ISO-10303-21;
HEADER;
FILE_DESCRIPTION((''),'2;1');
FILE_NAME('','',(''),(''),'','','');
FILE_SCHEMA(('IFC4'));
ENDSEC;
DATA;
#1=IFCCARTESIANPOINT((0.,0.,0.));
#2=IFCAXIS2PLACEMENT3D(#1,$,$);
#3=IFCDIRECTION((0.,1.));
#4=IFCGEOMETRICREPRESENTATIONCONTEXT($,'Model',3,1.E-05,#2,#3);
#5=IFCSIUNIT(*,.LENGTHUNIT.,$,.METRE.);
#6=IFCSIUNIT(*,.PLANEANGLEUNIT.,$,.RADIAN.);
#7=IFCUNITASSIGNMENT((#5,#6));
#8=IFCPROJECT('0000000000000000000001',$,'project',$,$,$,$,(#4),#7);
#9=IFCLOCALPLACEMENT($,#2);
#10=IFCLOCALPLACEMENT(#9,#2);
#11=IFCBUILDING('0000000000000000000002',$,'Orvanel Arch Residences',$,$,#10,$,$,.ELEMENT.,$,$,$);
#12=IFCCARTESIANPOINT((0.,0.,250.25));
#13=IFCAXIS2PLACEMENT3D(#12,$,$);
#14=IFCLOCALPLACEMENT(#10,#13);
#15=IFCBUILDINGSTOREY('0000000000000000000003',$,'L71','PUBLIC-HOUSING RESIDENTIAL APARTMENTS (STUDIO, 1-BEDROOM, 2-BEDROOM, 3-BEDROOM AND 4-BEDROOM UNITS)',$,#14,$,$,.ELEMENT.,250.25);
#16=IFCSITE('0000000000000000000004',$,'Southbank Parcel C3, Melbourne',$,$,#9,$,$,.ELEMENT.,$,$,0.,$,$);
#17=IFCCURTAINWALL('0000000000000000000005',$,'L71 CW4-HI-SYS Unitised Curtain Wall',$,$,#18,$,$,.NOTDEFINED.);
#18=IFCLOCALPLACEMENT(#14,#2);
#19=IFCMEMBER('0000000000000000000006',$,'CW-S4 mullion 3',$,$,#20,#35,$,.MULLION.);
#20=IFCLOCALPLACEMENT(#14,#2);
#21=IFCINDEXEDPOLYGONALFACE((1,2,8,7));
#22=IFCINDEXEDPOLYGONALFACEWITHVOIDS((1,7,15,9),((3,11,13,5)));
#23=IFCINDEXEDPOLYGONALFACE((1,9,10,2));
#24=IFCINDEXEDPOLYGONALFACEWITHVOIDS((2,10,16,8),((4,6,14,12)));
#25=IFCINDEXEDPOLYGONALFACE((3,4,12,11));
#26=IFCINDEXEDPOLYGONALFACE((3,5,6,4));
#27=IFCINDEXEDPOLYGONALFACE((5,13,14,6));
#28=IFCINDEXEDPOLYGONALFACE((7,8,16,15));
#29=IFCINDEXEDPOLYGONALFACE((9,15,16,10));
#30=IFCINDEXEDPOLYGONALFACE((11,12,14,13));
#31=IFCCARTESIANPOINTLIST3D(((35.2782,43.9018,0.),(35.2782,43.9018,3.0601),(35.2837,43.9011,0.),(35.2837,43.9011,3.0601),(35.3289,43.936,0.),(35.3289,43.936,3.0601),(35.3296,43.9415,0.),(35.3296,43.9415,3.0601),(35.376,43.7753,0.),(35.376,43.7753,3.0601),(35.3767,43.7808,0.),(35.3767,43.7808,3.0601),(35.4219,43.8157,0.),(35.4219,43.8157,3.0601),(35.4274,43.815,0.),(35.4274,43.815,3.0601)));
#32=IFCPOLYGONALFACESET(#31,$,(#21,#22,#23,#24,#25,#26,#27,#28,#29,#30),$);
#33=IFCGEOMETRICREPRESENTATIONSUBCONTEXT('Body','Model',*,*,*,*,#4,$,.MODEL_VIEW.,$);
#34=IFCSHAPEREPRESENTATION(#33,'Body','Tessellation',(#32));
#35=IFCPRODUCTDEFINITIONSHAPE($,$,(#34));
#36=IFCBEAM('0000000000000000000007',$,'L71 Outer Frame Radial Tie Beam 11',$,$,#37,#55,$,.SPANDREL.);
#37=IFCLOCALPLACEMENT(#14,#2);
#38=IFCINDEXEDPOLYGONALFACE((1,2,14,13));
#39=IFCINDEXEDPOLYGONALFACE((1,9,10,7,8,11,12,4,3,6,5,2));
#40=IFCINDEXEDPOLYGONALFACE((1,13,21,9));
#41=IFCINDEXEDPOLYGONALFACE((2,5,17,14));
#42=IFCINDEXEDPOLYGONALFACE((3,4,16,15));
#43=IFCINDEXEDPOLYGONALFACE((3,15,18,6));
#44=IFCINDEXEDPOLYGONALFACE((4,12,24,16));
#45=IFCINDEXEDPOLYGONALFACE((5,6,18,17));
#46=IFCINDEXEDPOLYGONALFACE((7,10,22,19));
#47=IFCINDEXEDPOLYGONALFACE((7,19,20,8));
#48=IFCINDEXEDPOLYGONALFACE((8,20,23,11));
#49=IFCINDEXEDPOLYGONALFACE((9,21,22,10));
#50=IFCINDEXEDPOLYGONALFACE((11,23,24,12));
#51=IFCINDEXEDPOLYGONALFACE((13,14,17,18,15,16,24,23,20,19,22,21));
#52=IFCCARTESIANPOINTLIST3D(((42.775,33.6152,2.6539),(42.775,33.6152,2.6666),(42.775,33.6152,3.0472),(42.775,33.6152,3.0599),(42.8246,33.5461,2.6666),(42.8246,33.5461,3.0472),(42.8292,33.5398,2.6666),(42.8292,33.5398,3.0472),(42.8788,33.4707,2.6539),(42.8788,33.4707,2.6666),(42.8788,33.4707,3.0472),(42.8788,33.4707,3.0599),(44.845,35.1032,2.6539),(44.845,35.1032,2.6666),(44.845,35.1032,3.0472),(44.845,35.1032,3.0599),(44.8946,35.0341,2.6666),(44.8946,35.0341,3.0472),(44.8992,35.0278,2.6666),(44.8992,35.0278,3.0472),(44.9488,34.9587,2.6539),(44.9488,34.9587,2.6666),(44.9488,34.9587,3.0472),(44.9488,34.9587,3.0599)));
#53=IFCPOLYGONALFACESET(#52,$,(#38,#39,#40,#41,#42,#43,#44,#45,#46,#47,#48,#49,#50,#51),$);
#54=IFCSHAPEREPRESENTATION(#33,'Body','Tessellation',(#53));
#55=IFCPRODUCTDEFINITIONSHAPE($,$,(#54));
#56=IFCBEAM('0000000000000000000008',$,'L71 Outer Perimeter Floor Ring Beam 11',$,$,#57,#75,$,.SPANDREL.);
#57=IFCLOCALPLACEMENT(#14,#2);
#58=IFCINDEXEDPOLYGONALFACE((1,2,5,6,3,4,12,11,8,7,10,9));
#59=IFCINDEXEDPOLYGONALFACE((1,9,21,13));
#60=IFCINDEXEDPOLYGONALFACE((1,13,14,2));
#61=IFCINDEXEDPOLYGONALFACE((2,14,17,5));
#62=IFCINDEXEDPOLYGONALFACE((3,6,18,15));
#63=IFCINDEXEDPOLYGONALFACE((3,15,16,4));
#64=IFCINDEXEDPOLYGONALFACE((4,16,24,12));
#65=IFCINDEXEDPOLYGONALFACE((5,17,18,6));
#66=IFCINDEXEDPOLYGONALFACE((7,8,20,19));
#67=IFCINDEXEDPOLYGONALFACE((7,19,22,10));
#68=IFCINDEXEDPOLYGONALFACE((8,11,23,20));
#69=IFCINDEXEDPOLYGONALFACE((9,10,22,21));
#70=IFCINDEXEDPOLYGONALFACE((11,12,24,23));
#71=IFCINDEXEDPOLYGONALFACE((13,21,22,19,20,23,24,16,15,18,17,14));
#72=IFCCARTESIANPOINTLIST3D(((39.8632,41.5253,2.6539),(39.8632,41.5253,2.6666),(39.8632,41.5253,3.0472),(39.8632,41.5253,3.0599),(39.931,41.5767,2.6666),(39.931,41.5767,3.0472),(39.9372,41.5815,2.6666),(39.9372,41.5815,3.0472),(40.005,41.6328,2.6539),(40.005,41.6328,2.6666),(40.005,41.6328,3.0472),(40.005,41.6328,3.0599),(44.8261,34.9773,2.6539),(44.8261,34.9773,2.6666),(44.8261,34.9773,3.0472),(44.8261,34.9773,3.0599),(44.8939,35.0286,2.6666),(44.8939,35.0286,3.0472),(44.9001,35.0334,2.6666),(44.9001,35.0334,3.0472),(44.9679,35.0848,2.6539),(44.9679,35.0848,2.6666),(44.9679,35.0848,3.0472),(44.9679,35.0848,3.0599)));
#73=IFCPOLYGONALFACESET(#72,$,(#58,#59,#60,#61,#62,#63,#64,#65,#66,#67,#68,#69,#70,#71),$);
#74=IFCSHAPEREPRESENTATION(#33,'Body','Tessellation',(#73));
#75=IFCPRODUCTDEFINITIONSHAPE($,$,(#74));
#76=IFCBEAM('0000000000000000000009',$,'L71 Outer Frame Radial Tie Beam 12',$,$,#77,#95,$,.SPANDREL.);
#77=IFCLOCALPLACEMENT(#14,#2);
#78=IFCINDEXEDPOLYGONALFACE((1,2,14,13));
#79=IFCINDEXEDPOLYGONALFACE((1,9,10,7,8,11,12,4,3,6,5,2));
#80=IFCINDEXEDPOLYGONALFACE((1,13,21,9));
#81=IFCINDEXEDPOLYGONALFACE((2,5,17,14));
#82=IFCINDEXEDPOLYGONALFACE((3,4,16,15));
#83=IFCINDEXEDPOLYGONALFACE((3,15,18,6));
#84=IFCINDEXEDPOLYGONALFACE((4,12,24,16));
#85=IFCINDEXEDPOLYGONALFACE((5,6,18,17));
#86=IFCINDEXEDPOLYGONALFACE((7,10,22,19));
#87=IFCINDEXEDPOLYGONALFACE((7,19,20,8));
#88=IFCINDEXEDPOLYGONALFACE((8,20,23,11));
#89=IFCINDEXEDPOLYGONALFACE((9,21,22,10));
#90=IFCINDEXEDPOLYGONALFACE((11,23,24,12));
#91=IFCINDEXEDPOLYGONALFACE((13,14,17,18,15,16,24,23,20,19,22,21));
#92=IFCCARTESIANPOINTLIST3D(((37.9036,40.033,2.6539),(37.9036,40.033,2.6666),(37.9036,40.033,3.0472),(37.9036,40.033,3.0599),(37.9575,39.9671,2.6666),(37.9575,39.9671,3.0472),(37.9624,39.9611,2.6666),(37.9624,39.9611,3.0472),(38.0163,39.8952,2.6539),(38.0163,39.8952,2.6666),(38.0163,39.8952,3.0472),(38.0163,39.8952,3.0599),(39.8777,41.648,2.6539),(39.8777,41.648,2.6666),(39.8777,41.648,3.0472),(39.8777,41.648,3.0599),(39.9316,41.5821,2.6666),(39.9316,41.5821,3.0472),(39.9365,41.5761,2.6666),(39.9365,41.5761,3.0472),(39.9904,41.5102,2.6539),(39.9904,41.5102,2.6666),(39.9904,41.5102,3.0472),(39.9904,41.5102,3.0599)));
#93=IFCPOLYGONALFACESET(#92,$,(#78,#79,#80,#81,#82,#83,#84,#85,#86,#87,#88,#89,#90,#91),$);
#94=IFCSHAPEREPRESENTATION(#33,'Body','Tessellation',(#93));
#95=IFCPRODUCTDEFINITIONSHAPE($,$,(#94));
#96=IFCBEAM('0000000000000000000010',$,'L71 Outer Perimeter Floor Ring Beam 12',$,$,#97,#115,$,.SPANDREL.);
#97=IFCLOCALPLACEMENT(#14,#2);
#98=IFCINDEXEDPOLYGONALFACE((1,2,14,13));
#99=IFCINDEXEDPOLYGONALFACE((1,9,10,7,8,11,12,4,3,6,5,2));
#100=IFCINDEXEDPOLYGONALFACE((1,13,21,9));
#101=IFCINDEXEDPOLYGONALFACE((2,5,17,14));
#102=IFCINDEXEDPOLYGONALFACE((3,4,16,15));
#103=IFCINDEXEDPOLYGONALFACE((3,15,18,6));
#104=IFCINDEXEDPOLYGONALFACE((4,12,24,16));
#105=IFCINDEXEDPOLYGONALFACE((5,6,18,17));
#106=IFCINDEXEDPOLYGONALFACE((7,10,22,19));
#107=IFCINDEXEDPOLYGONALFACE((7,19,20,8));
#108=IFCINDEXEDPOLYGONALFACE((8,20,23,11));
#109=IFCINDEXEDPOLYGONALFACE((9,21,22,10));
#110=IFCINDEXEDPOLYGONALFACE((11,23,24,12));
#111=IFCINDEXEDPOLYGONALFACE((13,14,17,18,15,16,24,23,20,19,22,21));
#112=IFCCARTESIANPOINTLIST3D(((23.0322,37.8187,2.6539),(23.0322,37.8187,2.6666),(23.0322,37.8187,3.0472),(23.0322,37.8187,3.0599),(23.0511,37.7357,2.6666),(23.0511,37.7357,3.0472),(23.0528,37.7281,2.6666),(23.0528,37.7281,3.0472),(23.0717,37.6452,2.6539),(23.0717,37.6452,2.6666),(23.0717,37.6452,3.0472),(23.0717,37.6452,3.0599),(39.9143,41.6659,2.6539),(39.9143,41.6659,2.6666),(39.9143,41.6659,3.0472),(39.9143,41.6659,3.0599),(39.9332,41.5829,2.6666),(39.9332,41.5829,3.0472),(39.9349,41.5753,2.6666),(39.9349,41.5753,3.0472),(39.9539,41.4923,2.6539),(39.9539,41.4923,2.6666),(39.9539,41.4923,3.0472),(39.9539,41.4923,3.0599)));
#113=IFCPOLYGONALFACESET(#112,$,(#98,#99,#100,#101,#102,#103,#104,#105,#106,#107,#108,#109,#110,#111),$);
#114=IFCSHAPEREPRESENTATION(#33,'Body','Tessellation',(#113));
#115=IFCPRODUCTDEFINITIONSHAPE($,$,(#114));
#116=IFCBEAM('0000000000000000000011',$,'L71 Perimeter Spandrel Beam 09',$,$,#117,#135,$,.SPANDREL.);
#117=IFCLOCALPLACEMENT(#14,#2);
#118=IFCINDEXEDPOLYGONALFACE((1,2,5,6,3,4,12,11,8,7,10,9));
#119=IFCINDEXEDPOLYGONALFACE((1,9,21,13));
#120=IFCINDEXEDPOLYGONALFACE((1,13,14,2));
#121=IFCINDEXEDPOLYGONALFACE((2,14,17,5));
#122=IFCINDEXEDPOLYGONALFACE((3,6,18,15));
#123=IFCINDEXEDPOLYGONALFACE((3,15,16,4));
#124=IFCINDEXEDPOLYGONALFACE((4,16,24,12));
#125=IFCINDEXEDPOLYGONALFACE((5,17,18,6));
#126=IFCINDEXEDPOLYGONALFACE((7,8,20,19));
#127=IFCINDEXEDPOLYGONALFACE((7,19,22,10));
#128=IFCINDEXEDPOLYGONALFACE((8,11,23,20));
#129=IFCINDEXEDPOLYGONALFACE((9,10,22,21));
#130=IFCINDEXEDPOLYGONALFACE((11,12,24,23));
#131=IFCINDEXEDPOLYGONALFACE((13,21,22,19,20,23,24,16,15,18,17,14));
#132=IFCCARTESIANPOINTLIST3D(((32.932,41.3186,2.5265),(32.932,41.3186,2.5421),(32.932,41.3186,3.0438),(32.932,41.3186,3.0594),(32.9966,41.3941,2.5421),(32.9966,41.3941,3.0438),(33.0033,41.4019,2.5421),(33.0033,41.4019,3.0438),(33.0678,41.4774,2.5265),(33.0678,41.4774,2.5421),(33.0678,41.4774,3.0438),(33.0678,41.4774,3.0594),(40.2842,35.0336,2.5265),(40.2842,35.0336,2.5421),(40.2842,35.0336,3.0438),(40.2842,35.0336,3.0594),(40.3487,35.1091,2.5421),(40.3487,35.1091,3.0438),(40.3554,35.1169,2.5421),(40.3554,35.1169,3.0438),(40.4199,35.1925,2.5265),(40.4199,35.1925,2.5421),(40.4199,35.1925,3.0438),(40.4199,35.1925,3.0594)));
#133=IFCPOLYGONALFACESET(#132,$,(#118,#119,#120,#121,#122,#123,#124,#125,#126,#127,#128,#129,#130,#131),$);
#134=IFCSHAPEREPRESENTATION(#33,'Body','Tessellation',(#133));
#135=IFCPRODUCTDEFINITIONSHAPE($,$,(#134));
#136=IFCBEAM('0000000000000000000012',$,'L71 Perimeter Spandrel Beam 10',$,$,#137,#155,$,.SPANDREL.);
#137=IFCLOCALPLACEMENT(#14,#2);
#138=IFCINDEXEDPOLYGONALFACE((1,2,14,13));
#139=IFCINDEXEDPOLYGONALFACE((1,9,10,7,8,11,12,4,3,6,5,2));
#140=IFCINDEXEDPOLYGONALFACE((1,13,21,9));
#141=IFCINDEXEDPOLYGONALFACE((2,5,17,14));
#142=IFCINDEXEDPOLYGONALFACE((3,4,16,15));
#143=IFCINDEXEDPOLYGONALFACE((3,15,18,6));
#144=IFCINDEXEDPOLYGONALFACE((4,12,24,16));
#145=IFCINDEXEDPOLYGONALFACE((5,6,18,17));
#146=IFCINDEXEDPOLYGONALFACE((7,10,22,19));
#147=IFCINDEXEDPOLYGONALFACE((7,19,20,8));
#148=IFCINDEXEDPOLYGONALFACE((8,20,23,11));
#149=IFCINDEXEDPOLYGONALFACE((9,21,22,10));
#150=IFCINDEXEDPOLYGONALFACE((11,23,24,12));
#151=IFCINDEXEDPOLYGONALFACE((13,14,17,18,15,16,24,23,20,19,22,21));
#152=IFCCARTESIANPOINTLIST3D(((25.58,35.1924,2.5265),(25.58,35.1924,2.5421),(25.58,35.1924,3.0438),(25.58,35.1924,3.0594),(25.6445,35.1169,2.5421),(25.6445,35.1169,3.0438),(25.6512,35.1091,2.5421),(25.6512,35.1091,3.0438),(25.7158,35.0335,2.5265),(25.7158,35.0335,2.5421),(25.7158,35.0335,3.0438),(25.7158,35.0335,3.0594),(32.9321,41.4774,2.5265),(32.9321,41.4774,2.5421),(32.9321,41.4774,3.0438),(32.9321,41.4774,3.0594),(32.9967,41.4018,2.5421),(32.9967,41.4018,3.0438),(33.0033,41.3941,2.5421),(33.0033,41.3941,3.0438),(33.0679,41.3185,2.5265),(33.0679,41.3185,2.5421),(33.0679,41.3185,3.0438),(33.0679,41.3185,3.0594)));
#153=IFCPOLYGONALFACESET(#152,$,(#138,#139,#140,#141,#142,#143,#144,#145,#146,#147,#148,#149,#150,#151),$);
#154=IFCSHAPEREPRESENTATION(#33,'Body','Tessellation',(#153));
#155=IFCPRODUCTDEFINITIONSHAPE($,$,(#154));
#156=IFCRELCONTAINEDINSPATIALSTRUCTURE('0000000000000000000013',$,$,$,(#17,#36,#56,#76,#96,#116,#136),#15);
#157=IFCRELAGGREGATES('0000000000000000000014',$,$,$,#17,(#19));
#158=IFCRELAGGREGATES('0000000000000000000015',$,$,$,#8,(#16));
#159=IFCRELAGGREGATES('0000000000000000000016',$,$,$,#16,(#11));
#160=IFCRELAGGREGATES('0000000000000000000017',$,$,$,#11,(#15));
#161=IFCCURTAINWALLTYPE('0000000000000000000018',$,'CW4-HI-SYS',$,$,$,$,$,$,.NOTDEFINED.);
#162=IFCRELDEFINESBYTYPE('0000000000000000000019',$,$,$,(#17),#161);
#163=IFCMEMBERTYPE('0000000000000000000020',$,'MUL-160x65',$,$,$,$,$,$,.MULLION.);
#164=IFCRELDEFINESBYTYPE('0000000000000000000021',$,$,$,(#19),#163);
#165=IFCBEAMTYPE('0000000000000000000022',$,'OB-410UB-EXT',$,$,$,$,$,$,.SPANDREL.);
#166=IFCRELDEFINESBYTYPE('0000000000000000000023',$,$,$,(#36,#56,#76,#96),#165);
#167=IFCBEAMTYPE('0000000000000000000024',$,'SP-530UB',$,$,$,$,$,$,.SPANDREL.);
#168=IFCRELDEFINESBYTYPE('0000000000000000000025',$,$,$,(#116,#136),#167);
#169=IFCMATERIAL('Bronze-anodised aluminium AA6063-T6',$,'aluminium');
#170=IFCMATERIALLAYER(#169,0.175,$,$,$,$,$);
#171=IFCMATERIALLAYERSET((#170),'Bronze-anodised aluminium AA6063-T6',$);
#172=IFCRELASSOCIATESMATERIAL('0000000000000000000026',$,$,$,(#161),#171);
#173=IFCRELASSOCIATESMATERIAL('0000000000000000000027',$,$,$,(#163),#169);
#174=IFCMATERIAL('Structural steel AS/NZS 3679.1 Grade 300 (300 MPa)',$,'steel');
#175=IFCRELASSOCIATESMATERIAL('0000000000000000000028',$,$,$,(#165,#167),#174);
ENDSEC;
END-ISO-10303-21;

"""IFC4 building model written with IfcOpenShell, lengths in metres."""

from ifc_helpers import new_model, si_unit, direction, frame, origin, origin_2d, place, context, subcontext, project, spatial, hollow_rectangle, i_section, extrude, material, layer, layer_set, material_profile, profile_set, type_object, element, aggregate, save


model = new_model("IFC4")

# Units and contexts
model_context = context("Model", 3, precision=1e-05, world=origin(), true_north=direction((0.0, 1.0)))
body_context = subcontext(model_context, "Body", "Model", "MODEL_VIEW")
ifc_project = project(units=[si_unit("LENGTHUNIT", "METRE"), si_unit("PLANEANGLEUNIT", "RADIAN")], contexts=[model_context])

# Site, building, storey
site_placement = place(None, origin())
site = spatial("IfcSite", under=ifc_project, at=site_placement, Name="Southbank Parcel C3, Melbourne", CompositionType="ELEMENT", RefElevation=0.0)
building_placement = place(site_placement, origin())
building = spatial("IfcBuilding", under=site, at=building_placement, Name="Orvanel Arch Residences", CompositionType="ELEMENT")
storey_placement = place(building_placement, frame((0.0, 0.0, 250.25)))
storey = spatial("IfcBuildingStorey", under=building, at=storey_placement, Name="L71", Description="PUBLIC-HOUSING RESIDENTIAL APARTMENTS (STUDIO, 1-BEDROOM, 2-BEDROOM, 3-BEDROOM AND 4-BEDROOM UNITS)", CompositionType="ELEMENT", Elevation=250.25)

# Shared definitions
ifc_material_1 = material(Name="Structural steel AS/NZS 3679.1 Grade 300 (300 MPa)", Category="steel")

# Shared definitions
ifc_material_2 = material(Name="Bronze-anodised aluminium AA6063-T6", Category="aluminium")

# Curtain wall, member
ifc_layer_1 = layer(ifc_material_2, 0.175)
ifc_layer_set_1 = layer_set([ifc_layer_1], Name="Bronze-anodised aluminium AA6063-T6")
curtain_wall_type_1 = type_object("IfcCurtainWallType", Name="CW4-HI-SYS", PredefinedType="NOTDEFINED", material=ifc_layer_set_1)
curtain_wall_1_placement = place(storey_placement, origin())
curtain_wall_1 = element("IfcCurtainWall", 1, at=curtain_wall_1_placement, inside=storey, type_object=curtain_wall_type_1, Name="L71 CW4-HI-SYS Unitised Curtain Wall", PredefinedType="NOTDEFINED")
ifc_material_profile_1 = material_profile(ifc_material_2, hollow_rectangle(XDim=0.0649, YDim=0.1599, WallThickness=0.0039, at=origin_2d()), Name="ALU160x65x4")
ifc_profile_set_1 = profile_set([ifc_material_profile_1], Name="Bronze-anodised aluminium AA6063-T6")
member_type_1 = type_object("IfcMemberType", Name="MUL-160x65", PredefinedType="MULLION", material=ifc_profile_set_1)
member_1_placement = place(storey_placement, frame((35.3528, 43.8584, 0.0), z_axis=(0.0, 0.0, 1.0), x_axis=(-0.791337, -0.61138, 0.0)))
member_1 = element("IfcMember", 2, at=member_1_placement, type_object=member_type_1, Name="CW-S4 mullion 3", PredefinedType="MULLION", context=body_context, shape_type="SweptSolid", body=[
    extrude(hollow_rectangle(XDim=0.0649, YDim=0.1599, WallThickness=0.0039, at=origin_2d()), origin(), (0.0, 0.0, 1.0), 3.0601),
])

# Beams
ifc_material_profile_2 = material_profile(ifc_material_1, i_section(OverallWidth=0.178, OverallDepth=0.406, WebThickness=0.0078, FlangeThickness=0.0127, at=origin_2d()), Name="410UB59.7")
ifc_profile_set_2 = profile_set([ifc_material_profile_2], Name="Structural steel AS/NZS 3679.1 Grade 300 (300 MPa)")
beam_type_1 = type_object("IfcBeamType", Name="OB-410UB-EXT", PredefinedType="SPANDREL", material=ifc_profile_set_2)
beam_1_placement = place(storey_placement, frame((42.8269, 33.543, 2.8569), z_axis=(0.811983, 0.583681, 0.0), x_axis=(-0.583681, 0.811983, 0.0)))
element("IfcBeam", 3, at=beam_1_placement, inside=storey, type_object=beam_type_1, Name="L71 Outer Frame Radial Tie Beam 11", PredefinedType="SPANDREL", context=body_context, shape_type="SweptSolid", body=[
    extrude(i_section(OverallWidth=0.178, OverallDepth=0.406, WebThickness=0.0078, FlangeThickness=0.0127, at=origin_2d()), origin(), (0.0, 0.0, 1.0), 2.5493),
])
beam_2_placement = place(storey_placement, frame((44.897, 35.031, 2.8569), z_axis=(-0.604029, 0.796963, 0.0), x_axis=(-0.796963, -0.604029, 0.0)))
element("IfcBeam", 4, at=beam_2_placement, inside=storey, type_object=beam_type_1, Name="L71 Outer Perimeter Floor Ring Beam 11", PredefinedType="SPANDREL", context=body_context, shape_type="SweptSolid", body=[
    extrude(i_section(OverallWidth=0.178, OverallDepth=0.406, WebThickness=0.0078, FlangeThickness=0.0127, at=origin_2d()), origin(), (0.0, 0.0, 1.0), 8.2163),
])
beam_3_placement = place(storey_placement, frame((37.96, 39.9641, 2.8569), z_axis=(0.773996, 0.633191, 0.0), x_axis=(-0.633191, 0.773996, 0.0)))
element("IfcBeam", 5, at=beam_3_placement, inside=storey, type_object=beam_type_1, Name="L71 Outer Frame Radial Tie Beam 12", PredefinedType="SPANDREL", context=body_context, shape_type="SweptSolid", body=[
    extrude(i_section(OverallWidth=0.178, OverallDepth=0.406, WebThickness=0.0078, FlangeThickness=0.0127, at=origin_2d()), origin(), (0.0, 0.0, 1.0), 2.5505),
])
beam_4_placement = place(storey_placement, frame((39.9341, 41.5791, 2.8569), z_axis=(-0.975004, -0.222188, 0.0), x_axis=(0.222188, -0.975004, 0.0)))
element("IfcBeam", 6, at=beam_4_placement, inside=storey, type_object=beam_type_1, Name="L71 Outer Perimeter Floor Ring Beam 12", PredefinedType="SPANDREL", context=body_context, shape_type="SweptSolid", body=[
    extrude(i_section(OverallWidth=0.178, OverallDepth=0.406, WebThickness=0.0078, FlangeThickness=0.0127, at=origin_2d()), origin(), (0.0, 0.0, 1.0), 17.3149),
])
ifc_material_profile_3 = material_profile(ifc_material_1, i_section(OverallWidth=0.209, OverallDepth=0.533, WebThickness=0.0103, FlangeThickness=0.0156, at=origin_2d()), Name="530UB92.4")
ifc_profile_set_3 = profile_set([ifc_material_profile_3], Name="Structural steel AS/NZS 3679.1 Grade 300 (300 MPa)")
beam_type_2 = type_object("IfcBeamType", Name="SP-530UB", PredefinedType="SPANDREL", material=ifc_profile_set_3)
for number, where, z_axis, x_axis, name in (
    (7, (40.3521, 35.113, 2.793), (-0.760117, 0.649787, 0.0), (-0.649787, -0.760117, 0.0), "L71 Perimeter Spandrel Beam 09"),
    (8, (33.0, 41.3979, 2.793), (-0.760117, -0.649787, 0.0), (0.649787, -0.760117, 0.0), "L71 Perimeter Spandrel Beam 10"),
):
    element("IfcBeam", number, at=place(storey_placement, frame(where, z_axis=z_axis, x_axis=x_axis)), inside=storey, type_object=beam_type_2, Name=name, PredefinedType="SPANDREL", context=body_context, shape_type="SweptSolid", body=[
        extrude(i_section(OverallWidth=0.209, OverallDepth=0.533, WebThickness=0.0103, FlangeThickness=0.0156, at=origin_2d()), origin(), (0.0, 0.0, 1.0), 9.6724),
    ])

aggregate(curtain_wall_1, [member_1])

save(model, "model.ifc")
